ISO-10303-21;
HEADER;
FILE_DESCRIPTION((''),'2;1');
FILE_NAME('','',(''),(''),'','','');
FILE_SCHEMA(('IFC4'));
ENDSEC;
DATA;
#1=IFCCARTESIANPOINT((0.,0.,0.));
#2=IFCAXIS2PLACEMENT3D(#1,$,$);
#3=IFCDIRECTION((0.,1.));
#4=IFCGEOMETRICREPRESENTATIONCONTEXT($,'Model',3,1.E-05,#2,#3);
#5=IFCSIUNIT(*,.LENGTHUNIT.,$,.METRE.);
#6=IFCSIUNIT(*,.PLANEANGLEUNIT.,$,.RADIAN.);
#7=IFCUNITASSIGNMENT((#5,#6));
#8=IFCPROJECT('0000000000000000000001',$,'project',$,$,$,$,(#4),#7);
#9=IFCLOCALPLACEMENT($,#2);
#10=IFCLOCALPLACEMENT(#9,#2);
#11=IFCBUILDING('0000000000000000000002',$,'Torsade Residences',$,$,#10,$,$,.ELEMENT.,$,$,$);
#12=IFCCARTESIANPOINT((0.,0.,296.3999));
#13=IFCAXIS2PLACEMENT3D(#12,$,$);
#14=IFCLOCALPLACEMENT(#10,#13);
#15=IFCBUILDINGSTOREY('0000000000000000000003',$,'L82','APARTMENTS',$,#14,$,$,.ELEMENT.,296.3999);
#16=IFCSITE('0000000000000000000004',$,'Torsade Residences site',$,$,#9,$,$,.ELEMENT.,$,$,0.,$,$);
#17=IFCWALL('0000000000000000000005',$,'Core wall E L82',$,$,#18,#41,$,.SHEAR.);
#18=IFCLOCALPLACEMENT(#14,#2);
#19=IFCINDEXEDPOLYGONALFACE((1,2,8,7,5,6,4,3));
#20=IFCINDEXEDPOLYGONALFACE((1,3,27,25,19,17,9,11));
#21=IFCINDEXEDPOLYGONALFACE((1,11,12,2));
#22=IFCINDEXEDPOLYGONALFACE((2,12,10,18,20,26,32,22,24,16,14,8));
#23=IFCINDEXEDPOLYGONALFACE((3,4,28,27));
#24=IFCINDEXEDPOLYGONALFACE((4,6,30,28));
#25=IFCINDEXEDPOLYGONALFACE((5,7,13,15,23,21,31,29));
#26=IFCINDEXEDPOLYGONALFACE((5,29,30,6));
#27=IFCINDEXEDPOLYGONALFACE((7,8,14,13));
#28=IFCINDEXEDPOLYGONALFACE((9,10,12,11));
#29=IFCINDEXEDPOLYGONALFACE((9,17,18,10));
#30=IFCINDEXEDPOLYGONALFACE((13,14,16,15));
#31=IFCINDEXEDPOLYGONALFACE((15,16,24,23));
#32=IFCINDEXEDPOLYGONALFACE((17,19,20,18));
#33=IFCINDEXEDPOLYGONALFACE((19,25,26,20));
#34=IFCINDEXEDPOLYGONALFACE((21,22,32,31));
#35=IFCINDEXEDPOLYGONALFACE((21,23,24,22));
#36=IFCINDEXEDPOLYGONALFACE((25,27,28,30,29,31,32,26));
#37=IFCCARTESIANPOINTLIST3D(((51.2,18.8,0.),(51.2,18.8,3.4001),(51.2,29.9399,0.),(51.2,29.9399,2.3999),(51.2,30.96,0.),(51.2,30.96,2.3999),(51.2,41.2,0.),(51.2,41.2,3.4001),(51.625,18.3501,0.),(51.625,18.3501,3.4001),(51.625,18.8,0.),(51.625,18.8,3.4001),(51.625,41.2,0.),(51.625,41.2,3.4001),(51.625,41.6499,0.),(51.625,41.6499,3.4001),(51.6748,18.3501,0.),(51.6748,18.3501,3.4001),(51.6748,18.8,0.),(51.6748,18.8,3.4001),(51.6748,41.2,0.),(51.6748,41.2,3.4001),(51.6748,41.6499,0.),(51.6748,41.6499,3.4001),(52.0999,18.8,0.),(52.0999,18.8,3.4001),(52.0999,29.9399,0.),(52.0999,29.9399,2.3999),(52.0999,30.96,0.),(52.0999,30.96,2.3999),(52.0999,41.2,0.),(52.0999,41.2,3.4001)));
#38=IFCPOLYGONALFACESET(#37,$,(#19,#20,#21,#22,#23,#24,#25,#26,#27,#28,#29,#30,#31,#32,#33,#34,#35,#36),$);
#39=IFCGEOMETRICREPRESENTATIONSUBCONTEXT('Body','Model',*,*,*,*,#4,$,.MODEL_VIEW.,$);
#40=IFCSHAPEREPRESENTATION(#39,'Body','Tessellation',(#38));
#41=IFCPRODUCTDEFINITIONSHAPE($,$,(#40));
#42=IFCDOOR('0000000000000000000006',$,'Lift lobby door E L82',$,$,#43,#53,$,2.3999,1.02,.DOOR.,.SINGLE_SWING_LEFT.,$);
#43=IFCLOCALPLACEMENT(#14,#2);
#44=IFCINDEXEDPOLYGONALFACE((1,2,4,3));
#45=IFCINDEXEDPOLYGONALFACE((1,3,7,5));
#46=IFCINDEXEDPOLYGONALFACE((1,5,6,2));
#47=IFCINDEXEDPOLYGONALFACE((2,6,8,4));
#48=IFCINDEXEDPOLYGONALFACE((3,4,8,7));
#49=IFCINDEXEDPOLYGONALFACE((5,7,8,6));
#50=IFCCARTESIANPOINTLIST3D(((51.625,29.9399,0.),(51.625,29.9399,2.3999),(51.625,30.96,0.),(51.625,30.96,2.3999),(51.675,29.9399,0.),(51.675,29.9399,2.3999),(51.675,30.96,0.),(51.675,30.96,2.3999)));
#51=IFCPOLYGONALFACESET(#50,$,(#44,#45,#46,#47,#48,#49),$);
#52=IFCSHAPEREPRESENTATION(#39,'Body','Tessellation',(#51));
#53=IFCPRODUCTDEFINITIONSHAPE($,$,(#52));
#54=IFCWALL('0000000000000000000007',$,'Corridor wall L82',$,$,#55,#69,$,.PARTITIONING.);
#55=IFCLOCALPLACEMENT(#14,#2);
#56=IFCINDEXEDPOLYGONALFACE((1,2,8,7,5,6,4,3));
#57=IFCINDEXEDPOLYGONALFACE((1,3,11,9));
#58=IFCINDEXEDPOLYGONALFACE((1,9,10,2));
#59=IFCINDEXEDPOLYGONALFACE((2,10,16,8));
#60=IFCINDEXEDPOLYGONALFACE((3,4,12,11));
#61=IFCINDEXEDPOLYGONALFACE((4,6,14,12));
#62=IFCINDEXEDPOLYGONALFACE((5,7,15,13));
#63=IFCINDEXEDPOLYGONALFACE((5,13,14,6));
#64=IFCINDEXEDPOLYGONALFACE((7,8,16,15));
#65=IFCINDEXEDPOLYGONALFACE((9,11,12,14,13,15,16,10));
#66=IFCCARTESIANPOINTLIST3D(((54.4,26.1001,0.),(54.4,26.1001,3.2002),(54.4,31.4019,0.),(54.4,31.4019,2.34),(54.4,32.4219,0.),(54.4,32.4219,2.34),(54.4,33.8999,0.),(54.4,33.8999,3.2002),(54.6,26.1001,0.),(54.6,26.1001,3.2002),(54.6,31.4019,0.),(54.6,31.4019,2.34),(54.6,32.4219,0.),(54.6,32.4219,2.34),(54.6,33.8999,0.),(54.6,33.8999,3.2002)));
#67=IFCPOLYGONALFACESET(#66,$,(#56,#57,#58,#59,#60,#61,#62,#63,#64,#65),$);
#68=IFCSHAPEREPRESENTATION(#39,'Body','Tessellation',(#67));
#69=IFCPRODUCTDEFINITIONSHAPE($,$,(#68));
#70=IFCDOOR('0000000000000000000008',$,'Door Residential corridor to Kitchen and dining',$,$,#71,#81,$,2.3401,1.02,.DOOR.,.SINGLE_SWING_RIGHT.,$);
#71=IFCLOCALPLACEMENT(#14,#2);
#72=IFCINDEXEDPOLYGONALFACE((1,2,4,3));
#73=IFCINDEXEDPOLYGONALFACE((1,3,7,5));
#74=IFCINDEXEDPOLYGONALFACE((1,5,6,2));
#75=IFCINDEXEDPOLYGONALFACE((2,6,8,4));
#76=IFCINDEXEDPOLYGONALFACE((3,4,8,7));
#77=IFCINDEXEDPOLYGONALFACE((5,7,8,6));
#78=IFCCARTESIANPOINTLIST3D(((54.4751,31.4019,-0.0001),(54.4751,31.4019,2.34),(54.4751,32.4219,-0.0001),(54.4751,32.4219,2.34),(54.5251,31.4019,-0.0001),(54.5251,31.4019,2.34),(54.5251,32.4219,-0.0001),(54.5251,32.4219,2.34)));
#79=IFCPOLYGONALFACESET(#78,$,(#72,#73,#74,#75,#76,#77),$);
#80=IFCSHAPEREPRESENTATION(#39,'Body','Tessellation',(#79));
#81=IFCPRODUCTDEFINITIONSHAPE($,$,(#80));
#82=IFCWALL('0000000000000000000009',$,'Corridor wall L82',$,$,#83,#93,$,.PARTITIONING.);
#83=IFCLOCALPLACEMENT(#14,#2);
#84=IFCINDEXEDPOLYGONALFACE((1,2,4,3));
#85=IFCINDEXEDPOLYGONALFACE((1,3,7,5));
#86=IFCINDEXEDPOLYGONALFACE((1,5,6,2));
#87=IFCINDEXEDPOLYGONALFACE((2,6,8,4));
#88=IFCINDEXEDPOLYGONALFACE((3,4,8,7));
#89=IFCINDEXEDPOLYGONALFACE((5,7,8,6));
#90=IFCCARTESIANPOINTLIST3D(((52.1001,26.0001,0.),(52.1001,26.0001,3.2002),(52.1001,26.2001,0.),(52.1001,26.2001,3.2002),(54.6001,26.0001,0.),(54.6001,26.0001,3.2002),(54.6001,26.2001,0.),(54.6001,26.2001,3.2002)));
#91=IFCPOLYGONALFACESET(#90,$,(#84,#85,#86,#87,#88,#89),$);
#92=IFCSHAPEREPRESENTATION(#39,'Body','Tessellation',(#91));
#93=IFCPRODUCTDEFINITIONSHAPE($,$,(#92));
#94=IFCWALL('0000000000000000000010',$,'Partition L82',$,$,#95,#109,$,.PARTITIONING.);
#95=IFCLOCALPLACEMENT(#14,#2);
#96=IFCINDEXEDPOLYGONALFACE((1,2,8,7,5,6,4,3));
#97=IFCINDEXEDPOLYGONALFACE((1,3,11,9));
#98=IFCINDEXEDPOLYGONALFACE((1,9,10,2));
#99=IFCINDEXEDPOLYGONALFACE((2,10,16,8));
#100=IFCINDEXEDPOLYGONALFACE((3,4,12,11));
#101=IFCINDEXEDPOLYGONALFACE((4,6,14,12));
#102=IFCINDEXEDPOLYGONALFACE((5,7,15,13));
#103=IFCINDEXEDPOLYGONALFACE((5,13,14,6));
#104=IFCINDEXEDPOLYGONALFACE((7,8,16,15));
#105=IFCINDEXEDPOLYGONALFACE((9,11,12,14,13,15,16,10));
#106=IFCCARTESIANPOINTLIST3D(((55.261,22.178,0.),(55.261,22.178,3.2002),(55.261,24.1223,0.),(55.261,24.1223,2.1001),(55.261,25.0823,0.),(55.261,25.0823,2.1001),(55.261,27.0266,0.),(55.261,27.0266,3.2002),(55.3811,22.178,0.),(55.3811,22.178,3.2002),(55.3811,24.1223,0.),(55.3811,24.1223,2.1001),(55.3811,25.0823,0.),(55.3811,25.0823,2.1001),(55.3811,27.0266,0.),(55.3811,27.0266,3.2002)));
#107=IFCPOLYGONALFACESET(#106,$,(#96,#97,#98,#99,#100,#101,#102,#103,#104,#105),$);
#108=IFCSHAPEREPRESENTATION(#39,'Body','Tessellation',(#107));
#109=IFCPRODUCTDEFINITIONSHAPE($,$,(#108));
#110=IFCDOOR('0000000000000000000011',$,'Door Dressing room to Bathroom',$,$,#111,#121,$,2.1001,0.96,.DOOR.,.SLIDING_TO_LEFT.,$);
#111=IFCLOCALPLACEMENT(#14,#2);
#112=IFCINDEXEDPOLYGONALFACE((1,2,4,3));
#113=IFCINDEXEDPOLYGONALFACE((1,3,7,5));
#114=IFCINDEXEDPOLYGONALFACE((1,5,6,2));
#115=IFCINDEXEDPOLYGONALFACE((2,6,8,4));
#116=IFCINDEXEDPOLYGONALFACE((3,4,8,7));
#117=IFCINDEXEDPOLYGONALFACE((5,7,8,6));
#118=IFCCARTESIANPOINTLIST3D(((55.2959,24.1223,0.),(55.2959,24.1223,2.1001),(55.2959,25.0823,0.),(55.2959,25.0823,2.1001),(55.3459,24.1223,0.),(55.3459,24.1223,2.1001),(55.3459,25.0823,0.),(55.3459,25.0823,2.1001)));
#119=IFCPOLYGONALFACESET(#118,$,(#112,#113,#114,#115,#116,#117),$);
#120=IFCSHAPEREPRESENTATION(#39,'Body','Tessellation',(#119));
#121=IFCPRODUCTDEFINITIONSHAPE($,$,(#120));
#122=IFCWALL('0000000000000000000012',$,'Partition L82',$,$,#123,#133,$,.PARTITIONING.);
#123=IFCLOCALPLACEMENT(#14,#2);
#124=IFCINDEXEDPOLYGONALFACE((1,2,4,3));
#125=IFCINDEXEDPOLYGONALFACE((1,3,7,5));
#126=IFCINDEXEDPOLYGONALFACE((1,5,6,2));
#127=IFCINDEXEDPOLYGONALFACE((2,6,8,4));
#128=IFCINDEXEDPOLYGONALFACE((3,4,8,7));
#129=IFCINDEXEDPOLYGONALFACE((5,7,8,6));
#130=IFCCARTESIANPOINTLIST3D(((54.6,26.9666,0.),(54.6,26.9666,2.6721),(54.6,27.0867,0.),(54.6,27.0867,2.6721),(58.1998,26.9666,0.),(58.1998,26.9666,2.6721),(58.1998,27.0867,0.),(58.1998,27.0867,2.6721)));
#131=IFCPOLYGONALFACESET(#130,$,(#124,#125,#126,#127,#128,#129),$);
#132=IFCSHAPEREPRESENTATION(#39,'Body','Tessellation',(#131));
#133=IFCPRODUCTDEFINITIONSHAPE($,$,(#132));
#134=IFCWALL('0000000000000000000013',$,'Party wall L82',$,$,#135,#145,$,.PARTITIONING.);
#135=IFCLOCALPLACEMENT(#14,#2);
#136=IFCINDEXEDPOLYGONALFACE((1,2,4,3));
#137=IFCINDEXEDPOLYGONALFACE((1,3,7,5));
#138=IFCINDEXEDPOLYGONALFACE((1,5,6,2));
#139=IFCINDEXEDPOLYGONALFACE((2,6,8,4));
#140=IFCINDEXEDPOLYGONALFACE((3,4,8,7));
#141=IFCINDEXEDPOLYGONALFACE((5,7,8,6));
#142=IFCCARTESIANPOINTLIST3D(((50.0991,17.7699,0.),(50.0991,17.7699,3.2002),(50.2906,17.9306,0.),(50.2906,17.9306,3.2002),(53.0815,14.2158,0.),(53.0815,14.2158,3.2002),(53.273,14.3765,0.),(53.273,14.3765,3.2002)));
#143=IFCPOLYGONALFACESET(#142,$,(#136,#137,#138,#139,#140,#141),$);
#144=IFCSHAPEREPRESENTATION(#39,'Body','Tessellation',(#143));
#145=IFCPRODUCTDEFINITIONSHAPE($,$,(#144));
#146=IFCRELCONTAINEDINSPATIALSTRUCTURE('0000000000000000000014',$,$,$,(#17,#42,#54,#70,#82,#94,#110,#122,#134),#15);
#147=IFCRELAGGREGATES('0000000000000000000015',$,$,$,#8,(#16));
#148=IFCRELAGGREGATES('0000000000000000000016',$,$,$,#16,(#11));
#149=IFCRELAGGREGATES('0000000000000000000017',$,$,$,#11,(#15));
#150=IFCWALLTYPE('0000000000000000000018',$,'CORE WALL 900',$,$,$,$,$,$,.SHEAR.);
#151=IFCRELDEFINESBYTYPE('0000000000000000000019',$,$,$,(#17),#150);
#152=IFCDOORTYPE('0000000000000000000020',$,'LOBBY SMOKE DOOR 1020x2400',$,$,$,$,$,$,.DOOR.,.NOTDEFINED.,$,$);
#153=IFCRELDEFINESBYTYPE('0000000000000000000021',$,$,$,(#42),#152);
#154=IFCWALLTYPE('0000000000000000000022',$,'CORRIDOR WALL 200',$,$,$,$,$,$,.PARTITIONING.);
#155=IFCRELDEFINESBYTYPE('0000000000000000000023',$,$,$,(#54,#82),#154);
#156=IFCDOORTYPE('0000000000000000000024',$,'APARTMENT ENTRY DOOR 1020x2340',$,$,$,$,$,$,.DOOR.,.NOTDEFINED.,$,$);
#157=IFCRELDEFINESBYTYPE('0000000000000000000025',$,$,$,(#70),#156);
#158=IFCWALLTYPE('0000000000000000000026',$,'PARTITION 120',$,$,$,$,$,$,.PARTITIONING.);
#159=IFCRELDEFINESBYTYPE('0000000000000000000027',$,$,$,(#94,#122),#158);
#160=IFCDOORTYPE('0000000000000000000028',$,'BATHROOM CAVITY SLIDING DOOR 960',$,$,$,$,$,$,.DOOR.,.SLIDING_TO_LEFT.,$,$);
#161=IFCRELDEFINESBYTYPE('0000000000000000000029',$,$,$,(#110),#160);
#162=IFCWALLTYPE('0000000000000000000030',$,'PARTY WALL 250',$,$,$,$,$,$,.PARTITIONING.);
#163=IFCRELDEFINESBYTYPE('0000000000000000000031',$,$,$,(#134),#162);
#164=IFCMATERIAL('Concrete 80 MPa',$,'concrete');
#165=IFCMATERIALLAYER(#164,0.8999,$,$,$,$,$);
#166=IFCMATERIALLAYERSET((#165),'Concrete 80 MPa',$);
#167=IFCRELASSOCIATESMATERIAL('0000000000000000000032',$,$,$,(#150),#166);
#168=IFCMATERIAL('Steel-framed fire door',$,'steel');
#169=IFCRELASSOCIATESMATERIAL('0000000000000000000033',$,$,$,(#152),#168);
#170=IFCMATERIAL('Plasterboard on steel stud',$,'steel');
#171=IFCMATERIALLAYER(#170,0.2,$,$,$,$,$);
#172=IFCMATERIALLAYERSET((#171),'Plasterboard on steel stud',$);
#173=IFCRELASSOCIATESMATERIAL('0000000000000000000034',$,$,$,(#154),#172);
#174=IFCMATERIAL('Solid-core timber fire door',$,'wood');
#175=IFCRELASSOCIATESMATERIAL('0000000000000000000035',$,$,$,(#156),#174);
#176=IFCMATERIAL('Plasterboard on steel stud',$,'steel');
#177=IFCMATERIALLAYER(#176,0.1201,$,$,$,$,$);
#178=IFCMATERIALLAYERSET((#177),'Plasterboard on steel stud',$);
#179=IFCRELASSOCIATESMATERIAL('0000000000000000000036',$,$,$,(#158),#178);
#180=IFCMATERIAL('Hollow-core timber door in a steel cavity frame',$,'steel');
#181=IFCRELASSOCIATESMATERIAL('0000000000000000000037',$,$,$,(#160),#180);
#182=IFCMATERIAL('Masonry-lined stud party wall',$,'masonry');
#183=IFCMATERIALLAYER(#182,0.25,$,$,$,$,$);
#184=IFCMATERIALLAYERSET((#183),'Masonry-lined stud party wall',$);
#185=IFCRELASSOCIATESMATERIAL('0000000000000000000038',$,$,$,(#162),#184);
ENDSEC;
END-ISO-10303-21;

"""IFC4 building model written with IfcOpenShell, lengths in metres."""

from ifc_helpers import new_model, si_unit, direction, frame, frame_2d, origin, place, context, subcontext, project, spatial, polyline, rectangle, outline, extrude, material, layer, layer_set, type_object, element, fill, save


model = new_model("IFC4")

# Units and contexts
model_context = context("Model", 3, precision=1e-05, world=origin(), true_north=direction((0.0, 1.0)))
body_context = subcontext(model_context, "Body", "Model", "MODEL_VIEW")
ifc_project = project(units=[si_unit("LENGTHUNIT", "METRE"), si_unit("PLANEANGLEUNIT", "RADIAN")], contexts=[model_context])

# Site, building, storey
site_placement = place(None, origin())
site = spatial("IfcSite", under=ifc_project, at=site_placement, Name="Torsade Residences site", CompositionType="ELEMENT", RefElevation=0.0)
building_placement = place(site_placement, origin())
building = spatial("IfcBuilding", under=site, at=building_placement, Name="Torsade Residences", CompositionType="ELEMENT")
storey_placement = place(building_placement, frame((0.0, 0.0, 296.3999)))
storey = spatial("IfcBuildingStorey", under=building, at=storey_placement, Name="L82", Description="APARTMENTS", CompositionType="ELEMENT", Elevation=296.3999)

# Walls, openings, doors
ifc_material_1 = material(Name="Concrete 80 MPa", Category="concrete")
ifc_layer_1 = layer(ifc_material_1, 0.8999)
ifc_layer_set_1 = layer_set([ifc_layer_1], Name="Concrete 80 MPa")
wall_type_1 = type_object("IfcWallType", Name="CORE WALL 900", PredefinedType="SHEAR", material=ifc_layer_set_1)
wall_1_placement = place(storey_placement, frame((51.6499, 18.8, 0.0), z_axis=(0.0, 0.0, 1.0), x_axis=(0.0, 1.0, 0.0)))
wall_1 = element("IfcWall", 1, at=wall_1_placement, inside=storey, type_object=wall_type_1, Name="Core wall E L82", PredefinedType="SHEAR", context=body_context, shape_type="SweptSolid", body=[
    extrude(outline(polyline([(0.0, -0.45), (22.3999, -0.45), (22.3999, -0.0249), (22.8499, -0.0249), (22.8499, 0.0249), (22.3999, 0.0249), (22.3999, 0.45), (0.0, 0.45), (0.0, 0.0249), (-0.45, 0.0249), (-0.45, -0.0249), (0.0, -0.0249), (0.0, -0.45)])), origin(), (0.0, 0.0, 1.0), 3.4001),
])
opening_1_placement = place(wall_1_placement, frame((11.1399, 0.0, 0.0)))
opening_1 = element("IfcOpeningElement", 2, at=opening_1_placement, cuts=wall_1, PredefinedType="OPENING", context=body_context, shape_type="SweptSolid", body=[
    extrude(rectangle(XDim=1.02, YDim=2.3999, at=frame_2d((0.51, 1.2))), frame((0.0, 0.46, 0.0), z_axis=(0.0, -1.0, 0.0), x_axis=(1.0, 0.0, 0.0)), (0.0, 0.0, 1.0), 0.9199),
])
ifc_material_2 = material(Name="Steel-framed fire door", Category="steel")
door_type_1 = type_object("IfcDoorType", Name="LOBBY SMOKE DOOR 1020x2400", OperationType="NOTDEFINED", PredefinedType="DOOR", material=ifc_material_2)
door_1_placement = place(opening_1_placement, origin())
door_1 = element("IfcDoor", 3, at=door_1_placement, inside=storey, type_object=door_type_1, Name="Lift lobby door E L82", OperationType="SINGLE_SWING_LEFT", OverallHeight=2.3999, OverallWidth=1.02, PredefinedType="DOOR", context=body_context, shape_type="SweptSolid", body=[
    extrude(rectangle(XDim=1.02, YDim=2.3999, at=frame_2d((0.51, 1.2))), frame((0.0, 0.0249, 0.0), z_axis=(0.0, -1.0, 0.0), x_axis=(1.0, 0.0, 0.0)), (0.0, 0.0, 1.0), 0.05),
])
fill(opening_1, door_1)
ifc_material_3 = material(Name="Plasterboard on steel stud", Category="steel")
ifc_layer_2 = layer(ifc_material_3, 0.2)
ifc_layer_set_2 = layer_set([ifc_layer_2], Name="Plasterboard on steel stud")
wall_type_2 = type_object("IfcWallType", Name="CORRIDOR WALL 200", PredefinedType="PARTITIONING", material=ifc_layer_set_2)
wall_2_placement = place(storey_placement, frame((54.5, 26.1001, 0.0), z_axis=(0.0, 0.0, 1.0), x_axis=(0.0, 1.0, 0.0)))
wall_2 = element("IfcWall", 4, at=wall_2_placement, inside=storey, type_object=wall_type_2, Name="Corridor wall L82", PredefinedType="PARTITIONING", context=body_context, shape_type="SweptSolid", body=[
    extrude(rectangle(XDim=7.7998, YDim=0.2, at=frame_2d((3.8999, 0.0))), origin(), (0.0, 0.0, 1.0), 3.2002),
])
opening_2_placement = place(wall_2_placement, frame((5.3018, 0.0, 0.0)))
opening_2 = element("IfcOpeningElement", 5, at=opening_2_placement, cuts=wall_2, PredefinedType="OPENING", context=body_context, shape_type="SweptSolid", body=[
    extrude(rectangle(XDim=1.02, YDim=2.3401, at=frame_2d((0.51, 1.1699))), frame((0.0, 0.1099, 0.0), z_axis=(0.0, -1.0, 0.0), x_axis=(1.0, 0.0, 0.0)), (0.0, 0.0, 1.0), 0.22),
])
ifc_material_4 = material(Name="Solid-core timber fire door", Category="wood")
door_type_2 = type_object("IfcDoorType", Name="APARTMENT ENTRY DOOR 1020x2340", OperationType="NOTDEFINED", PredefinedType="DOOR", material=ifc_material_4)
door_2_placement = place(opening_2_placement, origin())
door_2 = element("IfcDoor", 6, at=door_2_placement, inside=storey, type_object=door_type_2, Name="Door Residential corridor to Kitchen and dining", OperationType="SINGLE_SWING_RIGHT", OverallHeight=2.3401, OverallWidth=1.02, PredefinedType="DOOR", context=body_context, shape_type="SweptSolid", body=[
    extrude(rectangle(XDim=1.02, YDim=2.3401, at=frame_2d((0.51, 1.1699))), frame((0.0, 0.0249, 0.0), z_axis=(0.0, -1.0, 0.0), x_axis=(1.0, 0.0, 0.0)), (0.0, 0.0, 1.0), 0.05),
])
fill(opening_2, door_2)

# Wall
wall_3_placement = place(storey_placement, frame((52.1001, 26.1001, 0.0), z_axis=(0.0, 0.0, 1.0), x_axis=(1.0, 0.0, 0.0)))
element("IfcWall", 7, at=wall_3_placement, inside=storey, type_object=wall_type_2, Name="Corridor wall L82", PredefinedType="PARTITIONING", context=body_context, shape_type="SweptSolid", body=[
    extrude(rectangle(XDim=2.5, YDim=0.2, at=frame_2d((1.25, 0.0))), origin(), (0.0, 0.0, 1.0), 3.2002),
])

# Wall, opening, door
ifc_material_5 = material(Name="Plasterboard on steel stud", Category="steel")
ifc_layer_3 = layer(ifc_material_5, 0.1201)
ifc_layer_set_3 = layer_set([ifc_layer_3], Name="Plasterboard on steel stud")
wall_type_3 = type_object("IfcWallType", Name="PARTITION 120", PredefinedType="PARTITIONING", material=ifc_layer_set_3)
wall_4_placement = place(storey_placement, frame((55.321, 27.0266, 0.0), z_axis=(0.0, 0.0, 1.0), x_axis=(0.0, -1.0, 0.0)))
wall_4 = element("IfcWall", 8, at=wall_4_placement, inside=storey, type_object=wall_type_3, Name="Partition L82", PredefinedType="PARTITIONING", context=body_context, shape_type="SweptSolid", body=[
    extrude(rectangle(XDim=4.8486, YDim=0.1201, at=frame_2d((2.4243, 0.0))), origin(), (0.0, 0.0, 1.0), 3.2002),
])
opening_3_placement = place(wall_4_placement, frame((1.9443, 0.0, 0.0)))
opening_3 = element("IfcOpeningElement", 9, at=opening_3_placement, cuts=wall_4, PredefinedType="OPENING", context=body_context, shape_type="SweptSolid", body=[
    extrude(rectangle(XDim=0.96, YDim=2.1001, at=frame_2d((0.48, 1.05))), frame((0.0, 0.0701, 0.0), z_axis=(0.0, -1.0, 0.0), x_axis=(1.0, 0.0, 0.0)), (0.0, 0.0, 1.0), 0.1401),
])
ifc_material_6 = material(Name="Hollow-core timber door in a steel cavity frame", Category="steel")
door_type_3 = type_object("IfcDoorType", Name="BATHROOM CAVITY SLIDING DOOR 960", OperationType="SLIDING_TO_LEFT", PredefinedType="DOOR", material=ifc_material_6)
door_3_placement = place(opening_3_placement, origin())
door_3 = element("IfcDoor", 10, at=door_3_placement, inside=storey, type_object=door_type_3, Name="Door Dressing room to Bathroom", OperationType="SLIDING_TO_LEFT", OverallHeight=2.1001, OverallWidth=0.96, PredefinedType="DOOR", context=body_context, shape_type="SweptSolid", body=[
    extrude(rectangle(XDim=0.96, YDim=2.1001, at=frame_2d((0.48, 1.05))), frame((0.0, 0.0249, 0.0), z_axis=(0.0, -1.0, 0.0), x_axis=(1.0, 0.0, 0.0)), (0.0, 0.0, 1.0), 0.05),
])
fill(opening_3, door_3)

# Walls
wall_5_placement = place(storey_placement, frame((54.6001, 27.0266, 0.0), z_axis=(0.0, 0.0, 1.0), x_axis=(1.0, 0.0, 0.0)))
element("IfcWall", 11, at=wall_5_placement, inside=storey, type_object=wall_type_3, Name="Partition L82", PredefinedType="PARTITIONING", context=body_context, shape_type="SweptSolid", body=[
    extrude(rectangle(XDim=3.5999, YDim=0.1201, at=frame_2d((1.7998, 0.0))), origin(), (0.0, 0.0, 1.0), 2.6721),
])
ifc_material_7 = material(Name="Masonry-lined stud party wall", Category="masonry")
ifc_layer_4 = layer(ifc_material_7, 0.25)
ifc_layer_set_4 = layer_set([ifc_layer_4], Name="Masonry-lined stud party wall")
wall_type_4 = type_object("IfcWallType", Name="PARTY WALL 250", PredefinedType="PARTITIONING", material=ifc_layer_set_4)
wall_6_placement = place(storey_placement, frame((53.1772, 14.2961, 0.0), z_axis=(0.0, 0.0, 1.0), x_axis=(-0.6428, 0.766034, 0.0)))
element("IfcWall", 12, at=wall_6_placement, inside=storey, type_object=wall_type_4, Name="Party wall L82", PredefinedType="PARTITIONING", context=body_context, shape_type="SweptSolid", body=[
    extrude(rectangle(XDim=4.6396, YDim=0.25, at=frame_2d((2.3198, 0.0))), origin(), (0.0, 0.0, 1.0), 3.2002),
])

save(model, "model.ifc")
